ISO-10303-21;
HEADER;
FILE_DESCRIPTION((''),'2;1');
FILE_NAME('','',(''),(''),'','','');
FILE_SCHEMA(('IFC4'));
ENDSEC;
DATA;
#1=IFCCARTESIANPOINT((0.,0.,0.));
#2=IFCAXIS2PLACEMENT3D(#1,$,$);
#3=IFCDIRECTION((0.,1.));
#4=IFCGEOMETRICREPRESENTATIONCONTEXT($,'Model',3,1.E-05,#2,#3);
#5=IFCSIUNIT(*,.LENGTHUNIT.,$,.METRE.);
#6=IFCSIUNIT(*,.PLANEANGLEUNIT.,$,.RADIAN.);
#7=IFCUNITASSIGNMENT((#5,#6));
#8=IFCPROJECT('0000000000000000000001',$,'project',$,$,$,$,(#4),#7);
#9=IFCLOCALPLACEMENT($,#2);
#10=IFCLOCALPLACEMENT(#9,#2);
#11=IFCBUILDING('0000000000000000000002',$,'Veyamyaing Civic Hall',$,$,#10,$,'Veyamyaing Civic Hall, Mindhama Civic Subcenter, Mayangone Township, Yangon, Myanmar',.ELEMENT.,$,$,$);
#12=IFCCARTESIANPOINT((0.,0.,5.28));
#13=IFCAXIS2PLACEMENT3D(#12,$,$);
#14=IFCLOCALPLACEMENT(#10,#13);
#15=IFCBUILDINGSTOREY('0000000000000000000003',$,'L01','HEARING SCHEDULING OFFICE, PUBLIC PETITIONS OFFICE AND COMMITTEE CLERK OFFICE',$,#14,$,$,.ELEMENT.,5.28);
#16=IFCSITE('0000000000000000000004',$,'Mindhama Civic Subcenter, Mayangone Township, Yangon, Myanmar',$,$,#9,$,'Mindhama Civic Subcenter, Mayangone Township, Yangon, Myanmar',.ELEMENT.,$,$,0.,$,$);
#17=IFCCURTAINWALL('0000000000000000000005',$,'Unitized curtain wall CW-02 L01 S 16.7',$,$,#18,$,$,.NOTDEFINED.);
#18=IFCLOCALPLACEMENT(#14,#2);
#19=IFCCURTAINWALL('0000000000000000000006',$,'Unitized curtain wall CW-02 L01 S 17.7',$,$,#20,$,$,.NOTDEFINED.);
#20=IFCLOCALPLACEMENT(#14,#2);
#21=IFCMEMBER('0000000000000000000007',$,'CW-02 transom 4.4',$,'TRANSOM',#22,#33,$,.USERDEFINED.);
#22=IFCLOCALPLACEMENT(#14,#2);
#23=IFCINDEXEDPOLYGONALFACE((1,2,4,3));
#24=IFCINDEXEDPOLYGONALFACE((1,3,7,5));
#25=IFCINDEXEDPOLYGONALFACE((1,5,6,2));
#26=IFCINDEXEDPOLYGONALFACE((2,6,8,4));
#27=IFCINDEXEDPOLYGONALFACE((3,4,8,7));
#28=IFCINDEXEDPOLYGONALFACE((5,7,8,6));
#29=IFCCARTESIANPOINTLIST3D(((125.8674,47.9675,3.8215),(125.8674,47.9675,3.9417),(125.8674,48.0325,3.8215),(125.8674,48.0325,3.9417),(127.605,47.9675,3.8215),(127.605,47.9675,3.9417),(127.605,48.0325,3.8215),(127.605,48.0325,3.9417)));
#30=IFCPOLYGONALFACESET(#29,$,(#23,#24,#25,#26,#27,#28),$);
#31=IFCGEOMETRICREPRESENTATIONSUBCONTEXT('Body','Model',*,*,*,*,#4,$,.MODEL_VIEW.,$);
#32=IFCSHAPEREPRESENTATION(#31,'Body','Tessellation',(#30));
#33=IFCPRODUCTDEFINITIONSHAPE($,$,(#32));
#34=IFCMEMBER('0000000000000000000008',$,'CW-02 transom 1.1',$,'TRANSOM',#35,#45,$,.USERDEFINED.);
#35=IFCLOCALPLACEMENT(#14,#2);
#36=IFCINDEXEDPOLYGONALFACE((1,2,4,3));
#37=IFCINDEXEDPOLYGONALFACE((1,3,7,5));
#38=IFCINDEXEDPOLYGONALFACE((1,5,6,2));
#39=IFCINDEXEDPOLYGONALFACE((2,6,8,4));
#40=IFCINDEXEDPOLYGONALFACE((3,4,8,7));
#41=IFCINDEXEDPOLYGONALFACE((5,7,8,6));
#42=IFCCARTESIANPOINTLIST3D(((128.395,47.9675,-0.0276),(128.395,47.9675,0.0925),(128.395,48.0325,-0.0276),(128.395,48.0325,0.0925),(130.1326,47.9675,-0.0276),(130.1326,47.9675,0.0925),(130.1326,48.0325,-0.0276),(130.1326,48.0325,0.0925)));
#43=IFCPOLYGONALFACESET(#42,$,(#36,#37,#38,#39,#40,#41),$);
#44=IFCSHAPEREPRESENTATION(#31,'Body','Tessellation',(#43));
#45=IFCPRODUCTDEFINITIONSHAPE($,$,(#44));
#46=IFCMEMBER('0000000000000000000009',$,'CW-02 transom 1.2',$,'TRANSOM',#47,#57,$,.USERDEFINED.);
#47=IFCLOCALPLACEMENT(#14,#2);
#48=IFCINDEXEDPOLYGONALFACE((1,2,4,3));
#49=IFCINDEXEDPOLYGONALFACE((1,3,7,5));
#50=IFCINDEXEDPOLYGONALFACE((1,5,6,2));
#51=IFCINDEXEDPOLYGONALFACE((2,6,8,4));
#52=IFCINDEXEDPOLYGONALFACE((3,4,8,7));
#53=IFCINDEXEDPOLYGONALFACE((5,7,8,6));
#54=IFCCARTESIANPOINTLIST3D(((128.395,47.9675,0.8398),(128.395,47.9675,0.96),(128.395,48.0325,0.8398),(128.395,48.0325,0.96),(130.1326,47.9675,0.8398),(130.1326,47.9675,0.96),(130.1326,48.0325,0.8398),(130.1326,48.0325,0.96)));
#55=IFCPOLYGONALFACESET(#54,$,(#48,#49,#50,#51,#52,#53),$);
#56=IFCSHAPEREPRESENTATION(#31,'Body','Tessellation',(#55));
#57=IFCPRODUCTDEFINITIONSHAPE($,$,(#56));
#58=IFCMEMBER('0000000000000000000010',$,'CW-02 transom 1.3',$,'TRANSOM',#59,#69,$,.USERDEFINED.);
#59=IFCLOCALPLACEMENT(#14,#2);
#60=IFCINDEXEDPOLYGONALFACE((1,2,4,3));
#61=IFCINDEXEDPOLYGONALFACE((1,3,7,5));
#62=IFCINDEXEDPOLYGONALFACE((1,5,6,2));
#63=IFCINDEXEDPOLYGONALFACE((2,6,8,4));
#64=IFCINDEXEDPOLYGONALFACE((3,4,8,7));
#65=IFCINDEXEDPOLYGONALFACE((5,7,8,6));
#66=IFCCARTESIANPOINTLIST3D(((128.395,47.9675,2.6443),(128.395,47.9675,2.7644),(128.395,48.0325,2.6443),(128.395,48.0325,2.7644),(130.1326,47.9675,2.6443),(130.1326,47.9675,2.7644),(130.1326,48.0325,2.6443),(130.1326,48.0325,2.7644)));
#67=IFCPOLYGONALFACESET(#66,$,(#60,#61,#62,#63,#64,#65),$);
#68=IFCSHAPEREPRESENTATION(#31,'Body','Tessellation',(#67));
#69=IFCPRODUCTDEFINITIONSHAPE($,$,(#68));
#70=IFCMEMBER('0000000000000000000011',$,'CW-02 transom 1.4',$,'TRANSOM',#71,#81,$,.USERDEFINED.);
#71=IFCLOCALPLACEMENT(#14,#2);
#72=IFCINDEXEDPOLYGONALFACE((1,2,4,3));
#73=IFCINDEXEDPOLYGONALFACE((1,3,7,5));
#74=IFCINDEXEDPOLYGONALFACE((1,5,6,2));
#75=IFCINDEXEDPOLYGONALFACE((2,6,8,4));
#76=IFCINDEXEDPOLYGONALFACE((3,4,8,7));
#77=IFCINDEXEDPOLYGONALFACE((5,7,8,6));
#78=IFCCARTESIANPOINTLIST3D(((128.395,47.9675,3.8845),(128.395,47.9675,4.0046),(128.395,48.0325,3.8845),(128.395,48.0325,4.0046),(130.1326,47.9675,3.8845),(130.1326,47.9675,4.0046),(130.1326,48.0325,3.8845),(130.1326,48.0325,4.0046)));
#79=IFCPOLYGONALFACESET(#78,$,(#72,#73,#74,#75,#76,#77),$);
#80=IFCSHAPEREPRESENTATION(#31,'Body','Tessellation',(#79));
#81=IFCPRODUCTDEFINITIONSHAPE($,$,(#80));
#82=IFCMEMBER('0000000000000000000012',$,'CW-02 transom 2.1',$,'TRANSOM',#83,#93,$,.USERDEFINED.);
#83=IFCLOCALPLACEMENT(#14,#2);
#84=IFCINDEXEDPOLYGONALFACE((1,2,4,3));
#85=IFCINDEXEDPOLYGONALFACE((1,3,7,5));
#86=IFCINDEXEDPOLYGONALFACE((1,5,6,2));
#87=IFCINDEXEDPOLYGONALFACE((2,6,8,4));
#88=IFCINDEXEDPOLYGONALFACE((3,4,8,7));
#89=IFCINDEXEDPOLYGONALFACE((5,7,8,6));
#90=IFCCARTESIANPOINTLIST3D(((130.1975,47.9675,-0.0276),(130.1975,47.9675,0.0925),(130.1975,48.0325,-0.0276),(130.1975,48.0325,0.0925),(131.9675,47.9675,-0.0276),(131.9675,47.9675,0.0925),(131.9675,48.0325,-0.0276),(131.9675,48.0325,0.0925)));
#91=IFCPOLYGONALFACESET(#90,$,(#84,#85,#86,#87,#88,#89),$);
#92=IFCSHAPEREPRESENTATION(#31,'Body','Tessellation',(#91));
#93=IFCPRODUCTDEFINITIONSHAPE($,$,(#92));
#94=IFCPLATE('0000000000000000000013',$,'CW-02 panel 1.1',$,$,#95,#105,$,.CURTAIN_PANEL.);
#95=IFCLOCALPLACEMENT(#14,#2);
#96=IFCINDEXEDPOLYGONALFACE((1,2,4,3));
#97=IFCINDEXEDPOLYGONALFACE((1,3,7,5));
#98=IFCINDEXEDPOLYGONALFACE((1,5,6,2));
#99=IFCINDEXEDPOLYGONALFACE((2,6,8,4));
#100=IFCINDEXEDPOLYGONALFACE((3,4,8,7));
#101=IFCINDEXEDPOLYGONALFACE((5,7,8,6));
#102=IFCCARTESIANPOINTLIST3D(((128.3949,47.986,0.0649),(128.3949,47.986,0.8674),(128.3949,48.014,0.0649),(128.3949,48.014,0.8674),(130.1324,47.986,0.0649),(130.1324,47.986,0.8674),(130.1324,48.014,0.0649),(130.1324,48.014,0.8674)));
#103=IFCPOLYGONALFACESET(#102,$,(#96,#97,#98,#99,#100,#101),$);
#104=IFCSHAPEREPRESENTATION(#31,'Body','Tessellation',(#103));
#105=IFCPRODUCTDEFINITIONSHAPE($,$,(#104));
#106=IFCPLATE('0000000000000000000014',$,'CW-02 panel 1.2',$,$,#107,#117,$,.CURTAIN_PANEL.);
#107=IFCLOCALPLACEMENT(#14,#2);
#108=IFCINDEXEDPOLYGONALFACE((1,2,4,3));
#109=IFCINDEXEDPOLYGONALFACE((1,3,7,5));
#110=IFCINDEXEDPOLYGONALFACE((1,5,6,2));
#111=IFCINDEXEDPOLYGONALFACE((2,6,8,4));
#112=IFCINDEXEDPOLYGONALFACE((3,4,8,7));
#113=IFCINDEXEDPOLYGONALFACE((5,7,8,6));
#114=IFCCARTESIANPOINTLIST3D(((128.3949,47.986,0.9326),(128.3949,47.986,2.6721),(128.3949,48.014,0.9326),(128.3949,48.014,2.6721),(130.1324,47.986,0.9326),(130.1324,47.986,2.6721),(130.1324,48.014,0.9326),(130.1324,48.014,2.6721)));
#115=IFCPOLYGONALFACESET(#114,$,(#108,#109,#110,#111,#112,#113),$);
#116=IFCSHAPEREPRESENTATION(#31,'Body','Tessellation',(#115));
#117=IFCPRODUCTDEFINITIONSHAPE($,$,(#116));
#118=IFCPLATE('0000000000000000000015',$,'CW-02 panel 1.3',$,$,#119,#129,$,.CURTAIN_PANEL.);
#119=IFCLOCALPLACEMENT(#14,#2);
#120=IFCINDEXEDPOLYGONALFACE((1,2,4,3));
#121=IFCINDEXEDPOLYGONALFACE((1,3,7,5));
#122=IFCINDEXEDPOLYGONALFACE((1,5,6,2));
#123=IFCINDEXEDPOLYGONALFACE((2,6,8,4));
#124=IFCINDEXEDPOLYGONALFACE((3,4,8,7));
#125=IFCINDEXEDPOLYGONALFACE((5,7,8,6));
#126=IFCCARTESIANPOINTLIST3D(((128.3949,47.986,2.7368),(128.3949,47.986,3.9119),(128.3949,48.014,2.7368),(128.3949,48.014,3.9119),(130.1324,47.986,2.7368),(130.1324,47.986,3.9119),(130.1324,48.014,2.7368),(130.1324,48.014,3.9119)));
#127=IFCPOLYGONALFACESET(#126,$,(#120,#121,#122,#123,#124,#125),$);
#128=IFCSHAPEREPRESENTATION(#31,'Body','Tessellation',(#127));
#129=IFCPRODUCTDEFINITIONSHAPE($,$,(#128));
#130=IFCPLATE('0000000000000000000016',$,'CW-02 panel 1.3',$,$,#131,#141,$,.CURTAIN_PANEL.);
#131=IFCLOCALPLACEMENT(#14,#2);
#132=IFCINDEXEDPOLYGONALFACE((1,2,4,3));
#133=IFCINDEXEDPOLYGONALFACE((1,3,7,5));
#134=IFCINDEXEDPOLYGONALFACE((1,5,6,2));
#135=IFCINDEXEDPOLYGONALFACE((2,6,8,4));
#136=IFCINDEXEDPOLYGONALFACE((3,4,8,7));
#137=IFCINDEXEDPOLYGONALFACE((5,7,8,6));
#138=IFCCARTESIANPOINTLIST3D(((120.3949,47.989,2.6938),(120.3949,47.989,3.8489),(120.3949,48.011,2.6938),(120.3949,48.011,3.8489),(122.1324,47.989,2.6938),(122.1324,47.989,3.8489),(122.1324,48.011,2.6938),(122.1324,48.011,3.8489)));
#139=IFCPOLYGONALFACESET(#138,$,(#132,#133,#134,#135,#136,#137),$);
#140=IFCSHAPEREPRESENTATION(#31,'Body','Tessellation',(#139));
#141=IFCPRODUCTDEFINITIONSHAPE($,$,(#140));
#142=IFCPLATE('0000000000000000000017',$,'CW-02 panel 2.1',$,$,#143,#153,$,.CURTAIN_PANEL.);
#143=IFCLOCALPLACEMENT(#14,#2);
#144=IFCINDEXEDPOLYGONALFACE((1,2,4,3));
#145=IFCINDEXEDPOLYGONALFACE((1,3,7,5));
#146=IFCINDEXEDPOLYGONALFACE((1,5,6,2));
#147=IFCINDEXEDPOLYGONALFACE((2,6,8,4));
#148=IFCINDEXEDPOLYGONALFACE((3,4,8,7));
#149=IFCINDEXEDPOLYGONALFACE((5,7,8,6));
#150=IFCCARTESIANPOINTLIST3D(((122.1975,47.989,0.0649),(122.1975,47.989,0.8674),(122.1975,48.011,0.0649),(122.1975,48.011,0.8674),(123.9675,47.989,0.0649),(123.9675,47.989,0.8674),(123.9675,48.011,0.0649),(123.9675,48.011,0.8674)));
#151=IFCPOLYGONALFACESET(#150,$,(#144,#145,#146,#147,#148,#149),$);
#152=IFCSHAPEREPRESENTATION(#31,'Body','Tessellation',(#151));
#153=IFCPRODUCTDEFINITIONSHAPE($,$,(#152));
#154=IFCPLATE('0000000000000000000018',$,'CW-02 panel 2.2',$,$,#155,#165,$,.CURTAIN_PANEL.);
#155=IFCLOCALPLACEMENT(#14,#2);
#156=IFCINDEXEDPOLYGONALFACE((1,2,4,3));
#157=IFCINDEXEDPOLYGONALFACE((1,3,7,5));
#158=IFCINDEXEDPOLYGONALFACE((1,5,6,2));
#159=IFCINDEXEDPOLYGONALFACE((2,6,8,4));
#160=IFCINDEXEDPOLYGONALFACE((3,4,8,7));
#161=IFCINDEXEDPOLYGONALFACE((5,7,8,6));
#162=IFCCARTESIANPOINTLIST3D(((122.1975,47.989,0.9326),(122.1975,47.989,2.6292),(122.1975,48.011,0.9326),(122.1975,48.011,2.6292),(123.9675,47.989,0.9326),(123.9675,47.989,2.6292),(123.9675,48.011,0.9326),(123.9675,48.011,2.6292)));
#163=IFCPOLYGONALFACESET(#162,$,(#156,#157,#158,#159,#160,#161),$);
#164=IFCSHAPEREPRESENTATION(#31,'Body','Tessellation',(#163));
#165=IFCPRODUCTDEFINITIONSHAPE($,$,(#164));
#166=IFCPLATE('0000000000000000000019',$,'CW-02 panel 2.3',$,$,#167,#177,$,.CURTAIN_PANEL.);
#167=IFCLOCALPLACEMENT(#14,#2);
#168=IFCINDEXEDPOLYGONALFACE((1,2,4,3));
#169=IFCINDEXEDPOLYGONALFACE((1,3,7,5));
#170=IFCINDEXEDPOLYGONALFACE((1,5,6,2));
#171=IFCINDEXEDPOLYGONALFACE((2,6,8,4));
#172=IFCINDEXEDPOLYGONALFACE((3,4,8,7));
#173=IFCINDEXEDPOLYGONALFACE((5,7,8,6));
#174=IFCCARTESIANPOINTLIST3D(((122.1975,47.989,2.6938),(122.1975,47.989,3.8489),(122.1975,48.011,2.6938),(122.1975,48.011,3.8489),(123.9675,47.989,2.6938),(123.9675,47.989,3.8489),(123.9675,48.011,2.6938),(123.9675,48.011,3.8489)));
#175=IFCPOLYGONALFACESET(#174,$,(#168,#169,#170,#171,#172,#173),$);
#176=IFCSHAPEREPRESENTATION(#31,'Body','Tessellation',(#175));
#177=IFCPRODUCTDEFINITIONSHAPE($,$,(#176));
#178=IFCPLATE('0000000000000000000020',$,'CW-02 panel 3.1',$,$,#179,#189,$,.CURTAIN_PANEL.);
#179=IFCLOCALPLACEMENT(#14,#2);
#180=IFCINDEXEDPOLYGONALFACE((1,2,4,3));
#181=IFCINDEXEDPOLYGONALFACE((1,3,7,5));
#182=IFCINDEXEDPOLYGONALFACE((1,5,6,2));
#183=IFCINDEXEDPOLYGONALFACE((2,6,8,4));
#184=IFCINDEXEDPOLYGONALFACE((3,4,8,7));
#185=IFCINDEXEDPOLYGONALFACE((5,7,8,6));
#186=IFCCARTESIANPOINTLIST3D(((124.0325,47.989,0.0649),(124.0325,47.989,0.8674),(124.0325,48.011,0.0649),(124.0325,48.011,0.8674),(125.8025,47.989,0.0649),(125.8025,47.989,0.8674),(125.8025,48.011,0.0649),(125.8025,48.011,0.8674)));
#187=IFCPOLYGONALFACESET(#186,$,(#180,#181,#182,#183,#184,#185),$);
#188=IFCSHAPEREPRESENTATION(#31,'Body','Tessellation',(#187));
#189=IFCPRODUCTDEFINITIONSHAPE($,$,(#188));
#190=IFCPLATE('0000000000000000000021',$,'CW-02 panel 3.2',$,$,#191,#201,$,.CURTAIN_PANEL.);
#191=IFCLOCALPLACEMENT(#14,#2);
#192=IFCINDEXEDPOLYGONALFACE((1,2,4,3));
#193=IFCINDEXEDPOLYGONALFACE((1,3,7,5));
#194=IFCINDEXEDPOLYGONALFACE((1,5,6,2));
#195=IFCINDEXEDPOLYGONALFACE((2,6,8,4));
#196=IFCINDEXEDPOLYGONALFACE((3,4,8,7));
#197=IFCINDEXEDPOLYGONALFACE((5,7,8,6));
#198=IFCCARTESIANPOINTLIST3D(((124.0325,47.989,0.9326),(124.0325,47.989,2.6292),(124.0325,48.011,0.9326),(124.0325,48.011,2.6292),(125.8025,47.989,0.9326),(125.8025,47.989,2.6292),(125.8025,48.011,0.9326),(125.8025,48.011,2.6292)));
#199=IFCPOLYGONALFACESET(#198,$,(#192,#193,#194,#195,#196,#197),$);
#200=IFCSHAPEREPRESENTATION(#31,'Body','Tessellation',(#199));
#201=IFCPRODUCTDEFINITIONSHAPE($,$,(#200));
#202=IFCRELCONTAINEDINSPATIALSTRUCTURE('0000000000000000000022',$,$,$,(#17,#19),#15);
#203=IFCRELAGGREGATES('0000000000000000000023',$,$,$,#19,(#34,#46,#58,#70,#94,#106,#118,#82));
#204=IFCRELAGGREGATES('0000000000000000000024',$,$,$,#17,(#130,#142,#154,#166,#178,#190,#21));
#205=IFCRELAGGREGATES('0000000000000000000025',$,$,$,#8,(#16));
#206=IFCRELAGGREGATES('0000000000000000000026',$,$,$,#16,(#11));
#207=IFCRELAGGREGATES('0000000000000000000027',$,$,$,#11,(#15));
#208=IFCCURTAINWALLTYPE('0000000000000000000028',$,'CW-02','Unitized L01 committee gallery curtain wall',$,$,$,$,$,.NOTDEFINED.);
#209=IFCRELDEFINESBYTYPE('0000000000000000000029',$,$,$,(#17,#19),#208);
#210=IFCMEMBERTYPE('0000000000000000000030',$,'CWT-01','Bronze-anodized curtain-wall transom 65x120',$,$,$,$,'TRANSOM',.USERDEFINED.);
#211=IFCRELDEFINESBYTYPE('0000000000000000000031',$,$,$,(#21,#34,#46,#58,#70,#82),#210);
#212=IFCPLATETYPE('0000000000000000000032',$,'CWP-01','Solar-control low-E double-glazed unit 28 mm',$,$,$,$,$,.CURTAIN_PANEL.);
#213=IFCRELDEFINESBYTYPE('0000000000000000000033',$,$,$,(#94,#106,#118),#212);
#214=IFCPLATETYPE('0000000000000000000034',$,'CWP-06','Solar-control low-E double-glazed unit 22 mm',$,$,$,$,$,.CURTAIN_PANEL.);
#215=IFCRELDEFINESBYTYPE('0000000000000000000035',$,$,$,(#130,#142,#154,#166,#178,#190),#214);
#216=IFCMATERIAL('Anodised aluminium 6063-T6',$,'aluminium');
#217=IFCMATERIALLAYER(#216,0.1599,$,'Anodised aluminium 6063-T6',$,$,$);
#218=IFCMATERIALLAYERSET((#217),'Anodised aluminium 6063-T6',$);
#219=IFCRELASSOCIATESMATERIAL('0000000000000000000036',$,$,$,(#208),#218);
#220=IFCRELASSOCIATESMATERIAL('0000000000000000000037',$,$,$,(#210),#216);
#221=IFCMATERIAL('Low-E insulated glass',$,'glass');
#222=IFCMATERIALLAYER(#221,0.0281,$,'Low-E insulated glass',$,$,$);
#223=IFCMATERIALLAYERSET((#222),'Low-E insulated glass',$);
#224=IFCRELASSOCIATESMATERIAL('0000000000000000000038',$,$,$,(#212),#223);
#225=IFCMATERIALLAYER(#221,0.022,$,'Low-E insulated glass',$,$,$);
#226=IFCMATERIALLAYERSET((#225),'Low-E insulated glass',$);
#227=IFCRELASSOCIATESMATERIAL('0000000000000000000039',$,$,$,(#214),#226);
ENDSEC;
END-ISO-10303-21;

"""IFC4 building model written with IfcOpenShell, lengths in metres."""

from ifc_helpers import new_model, si_unit, direction, frame, origin, origin_2d, place, context, subcontext, project, spatial, rectangle, extrude, material, layer, layer_set, material_profile, profile_set, type_object, element, aggregate, save


model = new_model("IFC4")

# Units and contexts
model_context = context("Model", 3, precision=1e-05, world=origin(), true_north=direction((0.0, 1.0)))
body_context = subcontext(model_context, "Body", "Model", "MODEL_VIEW")
ifc_project = project(units=[si_unit("LENGTHUNIT", "METRE"), si_unit("PLANEANGLEUNIT", "RADIAN")], contexts=[model_context])

# Site, building, storey
site_placement = place(None, origin())
site = spatial("IfcSite", under=ifc_project, at=site_placement, Name="Mindhama Civic Subcenter, Mayangone Township, Yangon, Myanmar", LongName="Mindhama Civic Subcenter, Mayangone Township, Yangon, Myanmar", CompositionType="ELEMENT", RefElevation=0.0)
building_placement = place(site_placement, origin())
building = spatial("IfcBuilding", under=site, at=building_placement, Name="Veyamyaing Civic Hall", LongName="Veyamyaing Civic Hall, Mindhama Civic Subcenter, Mayangone Township, Yangon, Myanmar", CompositionType="ELEMENT")
storey_placement = place(building_placement, frame((0.0, 0.0, 5.28)))
storey = spatial("IfcBuildingStorey", under=building, at=storey_placement, Name="L01", Description="HEARING SCHEDULING OFFICE, PUBLIC PETITIONS OFFICE AND COMMITTEE CLERK OFFICE", CompositionType="ELEMENT", Elevation=5.28)

# Curtain walls
ifc_material_1 = material(Name="Anodised aluminium 6063-T6", Category="aluminium")
ifc_layer_1 = layer(ifc_material_1, 0.1599, Name="Anodised aluminium 6063-T6")
ifc_layer_set_1 = layer_set([ifc_layer_1], Name="Anodised aluminium 6063-T6")
curtain_wall_type = type_object("IfcCurtainWallType", Name="CW-02", Description="Unitized L01 committee gallery curtain wall", PredefinedType="NOTDEFINED", material=ifc_layer_set_1)
curtain_wall_1_placement = place(storey_placement, origin())
curtain_wall_1 = element("IfcCurtainWall", 1, at=curtain_wall_1_placement, inside=storey, type_object=curtain_wall_type, Name="Unitized curtain wall CW-02 L01 S 16.7", PredefinedType="NOTDEFINED")
curtain_wall_2_placement = place(storey_placement, origin())
curtain_wall_2 = element("IfcCurtainWall", 2, at=curtain_wall_2_placement, inside=storey, type_object=curtain_wall_type, Name="Unitized curtain wall CW-02 L01 S 17.7", PredefinedType="NOTDEFINED")

# Members
ifc_material_profile_1 = material_profile(ifc_material_1, rectangle(XDim=0.0649, YDim=0.1201, at=origin_2d()), Name="ALU-TRN-65X120")
ifc_profile_set_1 = profile_set([ifc_material_profile_1], Name="Anodised aluminium 6063-T6")
member_type_1 = type_object("IfcMemberType", Name="CWT-01", Description="Bronze-anodized curtain-wall transom 65x120", ElementType="TRANSOM", PredefinedType="USERDEFINED", material=ifc_profile_set_1)
member_1_placement = place(storey_placement, frame((125.8674, 48.0, 3.8816), z_axis=(1.0, 0.0, 0.0), x_axis=(0.0, 1.0, 0.0)))
member_1 = element("IfcMember", 3, at=member_1_placement, type_object=member_type_1, Name="CW-02 transom 4.4", ObjectType="TRANSOM", PredefinedType="USERDEFINED", context=body_context, shape_type="SweptSolid", body=[
    extrude(rectangle(XDim=0.0649, YDim=0.1201, at=origin_2d()), origin(), (0.0, 0.0, 1.0), 1.7375),
])
member_2_placement = place(storey_placement, frame((128.395, 48.0, 0.0325), z_axis=(1.0, 0.0, 0.0), x_axis=(0.0, 1.0, 0.0)))
member_2 = element("IfcMember", 4, at=member_2_placement, type_object=member_type_1, Name="CW-02 transom 1.1", ObjectType="TRANSOM", PredefinedType="USERDEFINED", context=body_context, shape_type="SweptSolid", body=[
    extrude(rectangle(XDim=0.0649, YDim=0.1201, at=origin_2d()), origin(), (0.0, 0.0, 1.0), 1.7375),
])
member_3_placement = place(storey_placement, frame((128.395, 48.0, 0.8999), z_axis=(1.0, 0.0, 0.0), x_axis=(0.0, 1.0, 0.0)))
member_3 = element("IfcMember", 5, at=member_3_placement, type_object=member_type_1, Name="CW-02 transom 1.2", ObjectType="TRANSOM", PredefinedType="USERDEFINED", context=body_context, shape_type="SweptSolid", body=[
    extrude(rectangle(XDim=0.0649, YDim=0.1201, at=origin_2d()), origin(), (0.0, 0.0, 1.0), 1.7375),
])
member_4_placement = place(storey_placement, frame((128.395, 48.0, 2.7043), z_axis=(1.0, 0.0, 0.0), x_axis=(0.0, 1.0, 0.0)))
member_4 = element("IfcMember", 6, at=member_4_placement, type_object=member_type_1, Name="CW-02 transom 1.3", ObjectType="TRANSOM", PredefinedType="USERDEFINED", context=body_context, shape_type="SweptSolid", body=[
    extrude(rectangle(XDim=0.0649, YDim=0.1201, at=origin_2d()), origin(), (0.0, 0.0, 1.0), 1.7375),
])
member_5_placement = place(storey_placement, frame((128.395, 48.0, 3.9446), z_axis=(1.0, 0.0, 0.0), x_axis=(0.0, 1.0, 0.0)))
member_5 = element("IfcMember", 7, at=member_5_placement, type_object=member_type_1, Name="CW-02 transom 1.4", ObjectType="TRANSOM", PredefinedType="USERDEFINED", context=body_context, shape_type="SweptSolid", body=[
    extrude(rectangle(XDim=0.0649, YDim=0.1201, at=origin_2d()), origin(), (0.0, 0.0, 1.0), 1.7375),
])
member_6_placement = place(storey_placement, frame((130.1975, 48.0, 0.0325), z_axis=(1.0, 0.0, 0.0), x_axis=(0.0, 1.0, 0.0)))
member_6 = element("IfcMember", 8, at=member_6_placement, type_object=member_type_1, Name="CW-02 transom 2.1", ObjectType="TRANSOM", PredefinedType="USERDEFINED", context=body_context, shape_type="SweptSolid", body=[
    extrude(rectangle(XDim=0.0649, YDim=0.1201, at=origin_2d()), origin(), (0.0, 0.0, 1.0), 1.77),
])

# Plates
ifc_material_2 = material(Name="Low-E insulated glass", Category="glass")
ifc_layer_2 = layer(ifc_material_2, 0.0281, Name="Low-E insulated glass")
ifc_layer_set_2 = layer_set([ifc_layer_2], Name="Low-E insulated glass")
plate_type_1 = type_object("IfcPlateType", Name="CWP-01", Description="Solar-control low-E double-glazed unit 28 mm", PredefinedType="CURTAIN_PANEL", material=ifc_layer_set_2)
plate_1_placement = place(storey_placement, frame((129.2637, 48.0, 0.0649), z_axis=(0.0, 0.0, 1.0), x_axis=(1.0, 0.0, 0.0)))
plate_1 = element("IfcPlate", 9, at=plate_1_placement, type_object=plate_type_1, Name="CW-02 panel 1.1", PredefinedType="CURTAIN_PANEL", context=body_context, shape_type="SweptSolid", body=[
    extrude(rectangle(XDim=1.7375, YDim=0.0281, at=origin_2d()), origin(), (0.0, 0.0, 1.0), 0.8025),
])
plate_2_placement = place(storey_placement, frame((129.2637, 48.0, 0.9326), z_axis=(0.0, 0.0, 1.0), x_axis=(1.0, 0.0, 0.0)))
plate_2 = element("IfcPlate", 10, at=plate_2_placement, type_object=plate_type_1, Name="CW-02 panel 1.2", PredefinedType="CURTAIN_PANEL", context=body_context, shape_type="SweptSolid", body=[
    extrude(rectangle(XDim=1.7375, YDim=0.0281, at=origin_2d()), origin(), (0.0, 0.0, 1.0), 1.7395),
])
plate_3_placement = place(storey_placement, frame((129.2637, 48.0, 2.7368), z_axis=(0.0, 0.0, 1.0), x_axis=(1.0, 0.0, 0.0)))
plate_3 = element("IfcPlate", 11, at=plate_3_placement, type_object=plate_type_1, Name="CW-02 panel 1.3", PredefinedType="CURTAIN_PANEL", context=body_context, shape_type="SweptSolid", body=[
    extrude(rectangle(XDim=1.7375, YDim=0.0281, at=origin_2d()), origin(), (0.0, 0.0, 1.0), 1.175),
])
aggregate(curtain_wall_2, [member_2, member_3, member_4, member_5, plate_1, plate_2, plate_3, member_6])
ifc_layer_3 = layer(ifc_material_2, 0.022, Name="Low-E insulated glass")
ifc_layer_set_3 = layer_set([ifc_layer_3], Name="Low-E insulated glass")
plate_type_2 = type_object("IfcPlateType", Name="CWP-06", Description="Solar-control low-E double-glazed unit 22 mm", PredefinedType="CURTAIN_PANEL", material=ifc_layer_set_3)
plate_4_placement = place(storey_placement, frame((121.2637, 48.0, 2.6938), z_axis=(0.0, 0.0, 1.0), x_axis=(1.0, 0.0, 0.0)))
plate_4 = element("IfcPlate", 12, at=plate_4_placement, type_object=plate_type_2, Name="CW-02 panel 1.3", PredefinedType="CURTAIN_PANEL", context=body_context, shape_type="SweptSolid", body=[
    extrude(rectangle(XDim=1.7375, YDim=0.022, at=origin_2d()), origin(), (0.0, 0.0, 1.0), 1.155),
])
plate_5_placement = place(storey_placement, frame((123.0825, 48.0, 0.0649), z_axis=(0.0, 0.0, 1.0), x_axis=(1.0, 0.0, 0.0)))
plate_5 = element("IfcPlate", 13, at=plate_5_placement, type_object=plate_type_2, Name="CW-02 panel 2.1", PredefinedType="CURTAIN_PANEL", context=body_context, shape_type="SweptSolid", body=[
    extrude(rectangle(XDim=1.77, YDim=0.022, at=origin_2d()), origin(), (0.0, 0.0, 1.0), 0.8025),
])
plate_6_placement = place(storey_placement, frame((123.0825, 48.0, 0.9326), z_axis=(0.0, 0.0, 1.0), x_axis=(1.0, 0.0, 0.0)))
plate_6 = element("IfcPlate", 14, at=plate_6_placement, type_object=plate_type_2, Name="CW-02 panel 2.2", PredefinedType="CURTAIN_PANEL", context=body_context, shape_type="SweptSolid", body=[
    extrude(rectangle(XDim=1.77, YDim=0.022, at=origin_2d()), origin(), (0.0, 0.0, 1.0), 1.6965),
])
plate_7_placement = place(storey_placement, frame((123.0825, 48.0, 2.6938), z_axis=(0.0, 0.0, 1.0), x_axis=(1.0, 0.0, 0.0)))
plate_7 = element("IfcPlate", 15, at=plate_7_placement, type_object=plate_type_2, Name="CW-02 panel 2.3", PredefinedType="CURTAIN_PANEL", context=body_context, shape_type="SweptSolid", body=[
    extrude(rectangle(XDim=1.77, YDim=0.022, at=origin_2d()), origin(), (0.0, 0.0, 1.0), 1.155),
])
plate_8_placement = place(storey_placement, frame((124.9175, 48.0, 0.0649), z_axis=(0.0, 0.0, 1.0), x_axis=(1.0, 0.0, 0.0)))
plate_8 = element("IfcPlate", 16, at=plate_8_placement, type_object=plate_type_2, Name="CW-02 panel 3.1", PredefinedType="CURTAIN_PANEL", context=body_context, shape_type="SweptSolid", body=[
    extrude(rectangle(XDim=1.77, YDim=0.022, at=origin_2d()), origin(), (0.0, 0.0, 1.0), 0.8025),
])
plate_9_placement = place(storey_placement, frame((124.9175, 48.0, 0.9326), z_axis=(0.0, 0.0, 1.0), x_axis=(1.0, 0.0, 0.0)))
plate_9 = element("IfcPlate", 17, at=plate_9_placement, type_object=plate_type_2, Name="CW-02 panel 3.2", PredefinedType="CURTAIN_PANEL", context=body_context, shape_type="SweptSolid", body=[
    extrude(rectangle(XDim=1.77, YDim=0.022, at=origin_2d()), origin(), (0.0, 0.0, 1.0), 1.6965),
])
aggregate(curtain_wall_1, [plate_4, plate_5, plate_6, plate_7, plate_8, plate_9, member_1])

save(model, "model.ifc")
